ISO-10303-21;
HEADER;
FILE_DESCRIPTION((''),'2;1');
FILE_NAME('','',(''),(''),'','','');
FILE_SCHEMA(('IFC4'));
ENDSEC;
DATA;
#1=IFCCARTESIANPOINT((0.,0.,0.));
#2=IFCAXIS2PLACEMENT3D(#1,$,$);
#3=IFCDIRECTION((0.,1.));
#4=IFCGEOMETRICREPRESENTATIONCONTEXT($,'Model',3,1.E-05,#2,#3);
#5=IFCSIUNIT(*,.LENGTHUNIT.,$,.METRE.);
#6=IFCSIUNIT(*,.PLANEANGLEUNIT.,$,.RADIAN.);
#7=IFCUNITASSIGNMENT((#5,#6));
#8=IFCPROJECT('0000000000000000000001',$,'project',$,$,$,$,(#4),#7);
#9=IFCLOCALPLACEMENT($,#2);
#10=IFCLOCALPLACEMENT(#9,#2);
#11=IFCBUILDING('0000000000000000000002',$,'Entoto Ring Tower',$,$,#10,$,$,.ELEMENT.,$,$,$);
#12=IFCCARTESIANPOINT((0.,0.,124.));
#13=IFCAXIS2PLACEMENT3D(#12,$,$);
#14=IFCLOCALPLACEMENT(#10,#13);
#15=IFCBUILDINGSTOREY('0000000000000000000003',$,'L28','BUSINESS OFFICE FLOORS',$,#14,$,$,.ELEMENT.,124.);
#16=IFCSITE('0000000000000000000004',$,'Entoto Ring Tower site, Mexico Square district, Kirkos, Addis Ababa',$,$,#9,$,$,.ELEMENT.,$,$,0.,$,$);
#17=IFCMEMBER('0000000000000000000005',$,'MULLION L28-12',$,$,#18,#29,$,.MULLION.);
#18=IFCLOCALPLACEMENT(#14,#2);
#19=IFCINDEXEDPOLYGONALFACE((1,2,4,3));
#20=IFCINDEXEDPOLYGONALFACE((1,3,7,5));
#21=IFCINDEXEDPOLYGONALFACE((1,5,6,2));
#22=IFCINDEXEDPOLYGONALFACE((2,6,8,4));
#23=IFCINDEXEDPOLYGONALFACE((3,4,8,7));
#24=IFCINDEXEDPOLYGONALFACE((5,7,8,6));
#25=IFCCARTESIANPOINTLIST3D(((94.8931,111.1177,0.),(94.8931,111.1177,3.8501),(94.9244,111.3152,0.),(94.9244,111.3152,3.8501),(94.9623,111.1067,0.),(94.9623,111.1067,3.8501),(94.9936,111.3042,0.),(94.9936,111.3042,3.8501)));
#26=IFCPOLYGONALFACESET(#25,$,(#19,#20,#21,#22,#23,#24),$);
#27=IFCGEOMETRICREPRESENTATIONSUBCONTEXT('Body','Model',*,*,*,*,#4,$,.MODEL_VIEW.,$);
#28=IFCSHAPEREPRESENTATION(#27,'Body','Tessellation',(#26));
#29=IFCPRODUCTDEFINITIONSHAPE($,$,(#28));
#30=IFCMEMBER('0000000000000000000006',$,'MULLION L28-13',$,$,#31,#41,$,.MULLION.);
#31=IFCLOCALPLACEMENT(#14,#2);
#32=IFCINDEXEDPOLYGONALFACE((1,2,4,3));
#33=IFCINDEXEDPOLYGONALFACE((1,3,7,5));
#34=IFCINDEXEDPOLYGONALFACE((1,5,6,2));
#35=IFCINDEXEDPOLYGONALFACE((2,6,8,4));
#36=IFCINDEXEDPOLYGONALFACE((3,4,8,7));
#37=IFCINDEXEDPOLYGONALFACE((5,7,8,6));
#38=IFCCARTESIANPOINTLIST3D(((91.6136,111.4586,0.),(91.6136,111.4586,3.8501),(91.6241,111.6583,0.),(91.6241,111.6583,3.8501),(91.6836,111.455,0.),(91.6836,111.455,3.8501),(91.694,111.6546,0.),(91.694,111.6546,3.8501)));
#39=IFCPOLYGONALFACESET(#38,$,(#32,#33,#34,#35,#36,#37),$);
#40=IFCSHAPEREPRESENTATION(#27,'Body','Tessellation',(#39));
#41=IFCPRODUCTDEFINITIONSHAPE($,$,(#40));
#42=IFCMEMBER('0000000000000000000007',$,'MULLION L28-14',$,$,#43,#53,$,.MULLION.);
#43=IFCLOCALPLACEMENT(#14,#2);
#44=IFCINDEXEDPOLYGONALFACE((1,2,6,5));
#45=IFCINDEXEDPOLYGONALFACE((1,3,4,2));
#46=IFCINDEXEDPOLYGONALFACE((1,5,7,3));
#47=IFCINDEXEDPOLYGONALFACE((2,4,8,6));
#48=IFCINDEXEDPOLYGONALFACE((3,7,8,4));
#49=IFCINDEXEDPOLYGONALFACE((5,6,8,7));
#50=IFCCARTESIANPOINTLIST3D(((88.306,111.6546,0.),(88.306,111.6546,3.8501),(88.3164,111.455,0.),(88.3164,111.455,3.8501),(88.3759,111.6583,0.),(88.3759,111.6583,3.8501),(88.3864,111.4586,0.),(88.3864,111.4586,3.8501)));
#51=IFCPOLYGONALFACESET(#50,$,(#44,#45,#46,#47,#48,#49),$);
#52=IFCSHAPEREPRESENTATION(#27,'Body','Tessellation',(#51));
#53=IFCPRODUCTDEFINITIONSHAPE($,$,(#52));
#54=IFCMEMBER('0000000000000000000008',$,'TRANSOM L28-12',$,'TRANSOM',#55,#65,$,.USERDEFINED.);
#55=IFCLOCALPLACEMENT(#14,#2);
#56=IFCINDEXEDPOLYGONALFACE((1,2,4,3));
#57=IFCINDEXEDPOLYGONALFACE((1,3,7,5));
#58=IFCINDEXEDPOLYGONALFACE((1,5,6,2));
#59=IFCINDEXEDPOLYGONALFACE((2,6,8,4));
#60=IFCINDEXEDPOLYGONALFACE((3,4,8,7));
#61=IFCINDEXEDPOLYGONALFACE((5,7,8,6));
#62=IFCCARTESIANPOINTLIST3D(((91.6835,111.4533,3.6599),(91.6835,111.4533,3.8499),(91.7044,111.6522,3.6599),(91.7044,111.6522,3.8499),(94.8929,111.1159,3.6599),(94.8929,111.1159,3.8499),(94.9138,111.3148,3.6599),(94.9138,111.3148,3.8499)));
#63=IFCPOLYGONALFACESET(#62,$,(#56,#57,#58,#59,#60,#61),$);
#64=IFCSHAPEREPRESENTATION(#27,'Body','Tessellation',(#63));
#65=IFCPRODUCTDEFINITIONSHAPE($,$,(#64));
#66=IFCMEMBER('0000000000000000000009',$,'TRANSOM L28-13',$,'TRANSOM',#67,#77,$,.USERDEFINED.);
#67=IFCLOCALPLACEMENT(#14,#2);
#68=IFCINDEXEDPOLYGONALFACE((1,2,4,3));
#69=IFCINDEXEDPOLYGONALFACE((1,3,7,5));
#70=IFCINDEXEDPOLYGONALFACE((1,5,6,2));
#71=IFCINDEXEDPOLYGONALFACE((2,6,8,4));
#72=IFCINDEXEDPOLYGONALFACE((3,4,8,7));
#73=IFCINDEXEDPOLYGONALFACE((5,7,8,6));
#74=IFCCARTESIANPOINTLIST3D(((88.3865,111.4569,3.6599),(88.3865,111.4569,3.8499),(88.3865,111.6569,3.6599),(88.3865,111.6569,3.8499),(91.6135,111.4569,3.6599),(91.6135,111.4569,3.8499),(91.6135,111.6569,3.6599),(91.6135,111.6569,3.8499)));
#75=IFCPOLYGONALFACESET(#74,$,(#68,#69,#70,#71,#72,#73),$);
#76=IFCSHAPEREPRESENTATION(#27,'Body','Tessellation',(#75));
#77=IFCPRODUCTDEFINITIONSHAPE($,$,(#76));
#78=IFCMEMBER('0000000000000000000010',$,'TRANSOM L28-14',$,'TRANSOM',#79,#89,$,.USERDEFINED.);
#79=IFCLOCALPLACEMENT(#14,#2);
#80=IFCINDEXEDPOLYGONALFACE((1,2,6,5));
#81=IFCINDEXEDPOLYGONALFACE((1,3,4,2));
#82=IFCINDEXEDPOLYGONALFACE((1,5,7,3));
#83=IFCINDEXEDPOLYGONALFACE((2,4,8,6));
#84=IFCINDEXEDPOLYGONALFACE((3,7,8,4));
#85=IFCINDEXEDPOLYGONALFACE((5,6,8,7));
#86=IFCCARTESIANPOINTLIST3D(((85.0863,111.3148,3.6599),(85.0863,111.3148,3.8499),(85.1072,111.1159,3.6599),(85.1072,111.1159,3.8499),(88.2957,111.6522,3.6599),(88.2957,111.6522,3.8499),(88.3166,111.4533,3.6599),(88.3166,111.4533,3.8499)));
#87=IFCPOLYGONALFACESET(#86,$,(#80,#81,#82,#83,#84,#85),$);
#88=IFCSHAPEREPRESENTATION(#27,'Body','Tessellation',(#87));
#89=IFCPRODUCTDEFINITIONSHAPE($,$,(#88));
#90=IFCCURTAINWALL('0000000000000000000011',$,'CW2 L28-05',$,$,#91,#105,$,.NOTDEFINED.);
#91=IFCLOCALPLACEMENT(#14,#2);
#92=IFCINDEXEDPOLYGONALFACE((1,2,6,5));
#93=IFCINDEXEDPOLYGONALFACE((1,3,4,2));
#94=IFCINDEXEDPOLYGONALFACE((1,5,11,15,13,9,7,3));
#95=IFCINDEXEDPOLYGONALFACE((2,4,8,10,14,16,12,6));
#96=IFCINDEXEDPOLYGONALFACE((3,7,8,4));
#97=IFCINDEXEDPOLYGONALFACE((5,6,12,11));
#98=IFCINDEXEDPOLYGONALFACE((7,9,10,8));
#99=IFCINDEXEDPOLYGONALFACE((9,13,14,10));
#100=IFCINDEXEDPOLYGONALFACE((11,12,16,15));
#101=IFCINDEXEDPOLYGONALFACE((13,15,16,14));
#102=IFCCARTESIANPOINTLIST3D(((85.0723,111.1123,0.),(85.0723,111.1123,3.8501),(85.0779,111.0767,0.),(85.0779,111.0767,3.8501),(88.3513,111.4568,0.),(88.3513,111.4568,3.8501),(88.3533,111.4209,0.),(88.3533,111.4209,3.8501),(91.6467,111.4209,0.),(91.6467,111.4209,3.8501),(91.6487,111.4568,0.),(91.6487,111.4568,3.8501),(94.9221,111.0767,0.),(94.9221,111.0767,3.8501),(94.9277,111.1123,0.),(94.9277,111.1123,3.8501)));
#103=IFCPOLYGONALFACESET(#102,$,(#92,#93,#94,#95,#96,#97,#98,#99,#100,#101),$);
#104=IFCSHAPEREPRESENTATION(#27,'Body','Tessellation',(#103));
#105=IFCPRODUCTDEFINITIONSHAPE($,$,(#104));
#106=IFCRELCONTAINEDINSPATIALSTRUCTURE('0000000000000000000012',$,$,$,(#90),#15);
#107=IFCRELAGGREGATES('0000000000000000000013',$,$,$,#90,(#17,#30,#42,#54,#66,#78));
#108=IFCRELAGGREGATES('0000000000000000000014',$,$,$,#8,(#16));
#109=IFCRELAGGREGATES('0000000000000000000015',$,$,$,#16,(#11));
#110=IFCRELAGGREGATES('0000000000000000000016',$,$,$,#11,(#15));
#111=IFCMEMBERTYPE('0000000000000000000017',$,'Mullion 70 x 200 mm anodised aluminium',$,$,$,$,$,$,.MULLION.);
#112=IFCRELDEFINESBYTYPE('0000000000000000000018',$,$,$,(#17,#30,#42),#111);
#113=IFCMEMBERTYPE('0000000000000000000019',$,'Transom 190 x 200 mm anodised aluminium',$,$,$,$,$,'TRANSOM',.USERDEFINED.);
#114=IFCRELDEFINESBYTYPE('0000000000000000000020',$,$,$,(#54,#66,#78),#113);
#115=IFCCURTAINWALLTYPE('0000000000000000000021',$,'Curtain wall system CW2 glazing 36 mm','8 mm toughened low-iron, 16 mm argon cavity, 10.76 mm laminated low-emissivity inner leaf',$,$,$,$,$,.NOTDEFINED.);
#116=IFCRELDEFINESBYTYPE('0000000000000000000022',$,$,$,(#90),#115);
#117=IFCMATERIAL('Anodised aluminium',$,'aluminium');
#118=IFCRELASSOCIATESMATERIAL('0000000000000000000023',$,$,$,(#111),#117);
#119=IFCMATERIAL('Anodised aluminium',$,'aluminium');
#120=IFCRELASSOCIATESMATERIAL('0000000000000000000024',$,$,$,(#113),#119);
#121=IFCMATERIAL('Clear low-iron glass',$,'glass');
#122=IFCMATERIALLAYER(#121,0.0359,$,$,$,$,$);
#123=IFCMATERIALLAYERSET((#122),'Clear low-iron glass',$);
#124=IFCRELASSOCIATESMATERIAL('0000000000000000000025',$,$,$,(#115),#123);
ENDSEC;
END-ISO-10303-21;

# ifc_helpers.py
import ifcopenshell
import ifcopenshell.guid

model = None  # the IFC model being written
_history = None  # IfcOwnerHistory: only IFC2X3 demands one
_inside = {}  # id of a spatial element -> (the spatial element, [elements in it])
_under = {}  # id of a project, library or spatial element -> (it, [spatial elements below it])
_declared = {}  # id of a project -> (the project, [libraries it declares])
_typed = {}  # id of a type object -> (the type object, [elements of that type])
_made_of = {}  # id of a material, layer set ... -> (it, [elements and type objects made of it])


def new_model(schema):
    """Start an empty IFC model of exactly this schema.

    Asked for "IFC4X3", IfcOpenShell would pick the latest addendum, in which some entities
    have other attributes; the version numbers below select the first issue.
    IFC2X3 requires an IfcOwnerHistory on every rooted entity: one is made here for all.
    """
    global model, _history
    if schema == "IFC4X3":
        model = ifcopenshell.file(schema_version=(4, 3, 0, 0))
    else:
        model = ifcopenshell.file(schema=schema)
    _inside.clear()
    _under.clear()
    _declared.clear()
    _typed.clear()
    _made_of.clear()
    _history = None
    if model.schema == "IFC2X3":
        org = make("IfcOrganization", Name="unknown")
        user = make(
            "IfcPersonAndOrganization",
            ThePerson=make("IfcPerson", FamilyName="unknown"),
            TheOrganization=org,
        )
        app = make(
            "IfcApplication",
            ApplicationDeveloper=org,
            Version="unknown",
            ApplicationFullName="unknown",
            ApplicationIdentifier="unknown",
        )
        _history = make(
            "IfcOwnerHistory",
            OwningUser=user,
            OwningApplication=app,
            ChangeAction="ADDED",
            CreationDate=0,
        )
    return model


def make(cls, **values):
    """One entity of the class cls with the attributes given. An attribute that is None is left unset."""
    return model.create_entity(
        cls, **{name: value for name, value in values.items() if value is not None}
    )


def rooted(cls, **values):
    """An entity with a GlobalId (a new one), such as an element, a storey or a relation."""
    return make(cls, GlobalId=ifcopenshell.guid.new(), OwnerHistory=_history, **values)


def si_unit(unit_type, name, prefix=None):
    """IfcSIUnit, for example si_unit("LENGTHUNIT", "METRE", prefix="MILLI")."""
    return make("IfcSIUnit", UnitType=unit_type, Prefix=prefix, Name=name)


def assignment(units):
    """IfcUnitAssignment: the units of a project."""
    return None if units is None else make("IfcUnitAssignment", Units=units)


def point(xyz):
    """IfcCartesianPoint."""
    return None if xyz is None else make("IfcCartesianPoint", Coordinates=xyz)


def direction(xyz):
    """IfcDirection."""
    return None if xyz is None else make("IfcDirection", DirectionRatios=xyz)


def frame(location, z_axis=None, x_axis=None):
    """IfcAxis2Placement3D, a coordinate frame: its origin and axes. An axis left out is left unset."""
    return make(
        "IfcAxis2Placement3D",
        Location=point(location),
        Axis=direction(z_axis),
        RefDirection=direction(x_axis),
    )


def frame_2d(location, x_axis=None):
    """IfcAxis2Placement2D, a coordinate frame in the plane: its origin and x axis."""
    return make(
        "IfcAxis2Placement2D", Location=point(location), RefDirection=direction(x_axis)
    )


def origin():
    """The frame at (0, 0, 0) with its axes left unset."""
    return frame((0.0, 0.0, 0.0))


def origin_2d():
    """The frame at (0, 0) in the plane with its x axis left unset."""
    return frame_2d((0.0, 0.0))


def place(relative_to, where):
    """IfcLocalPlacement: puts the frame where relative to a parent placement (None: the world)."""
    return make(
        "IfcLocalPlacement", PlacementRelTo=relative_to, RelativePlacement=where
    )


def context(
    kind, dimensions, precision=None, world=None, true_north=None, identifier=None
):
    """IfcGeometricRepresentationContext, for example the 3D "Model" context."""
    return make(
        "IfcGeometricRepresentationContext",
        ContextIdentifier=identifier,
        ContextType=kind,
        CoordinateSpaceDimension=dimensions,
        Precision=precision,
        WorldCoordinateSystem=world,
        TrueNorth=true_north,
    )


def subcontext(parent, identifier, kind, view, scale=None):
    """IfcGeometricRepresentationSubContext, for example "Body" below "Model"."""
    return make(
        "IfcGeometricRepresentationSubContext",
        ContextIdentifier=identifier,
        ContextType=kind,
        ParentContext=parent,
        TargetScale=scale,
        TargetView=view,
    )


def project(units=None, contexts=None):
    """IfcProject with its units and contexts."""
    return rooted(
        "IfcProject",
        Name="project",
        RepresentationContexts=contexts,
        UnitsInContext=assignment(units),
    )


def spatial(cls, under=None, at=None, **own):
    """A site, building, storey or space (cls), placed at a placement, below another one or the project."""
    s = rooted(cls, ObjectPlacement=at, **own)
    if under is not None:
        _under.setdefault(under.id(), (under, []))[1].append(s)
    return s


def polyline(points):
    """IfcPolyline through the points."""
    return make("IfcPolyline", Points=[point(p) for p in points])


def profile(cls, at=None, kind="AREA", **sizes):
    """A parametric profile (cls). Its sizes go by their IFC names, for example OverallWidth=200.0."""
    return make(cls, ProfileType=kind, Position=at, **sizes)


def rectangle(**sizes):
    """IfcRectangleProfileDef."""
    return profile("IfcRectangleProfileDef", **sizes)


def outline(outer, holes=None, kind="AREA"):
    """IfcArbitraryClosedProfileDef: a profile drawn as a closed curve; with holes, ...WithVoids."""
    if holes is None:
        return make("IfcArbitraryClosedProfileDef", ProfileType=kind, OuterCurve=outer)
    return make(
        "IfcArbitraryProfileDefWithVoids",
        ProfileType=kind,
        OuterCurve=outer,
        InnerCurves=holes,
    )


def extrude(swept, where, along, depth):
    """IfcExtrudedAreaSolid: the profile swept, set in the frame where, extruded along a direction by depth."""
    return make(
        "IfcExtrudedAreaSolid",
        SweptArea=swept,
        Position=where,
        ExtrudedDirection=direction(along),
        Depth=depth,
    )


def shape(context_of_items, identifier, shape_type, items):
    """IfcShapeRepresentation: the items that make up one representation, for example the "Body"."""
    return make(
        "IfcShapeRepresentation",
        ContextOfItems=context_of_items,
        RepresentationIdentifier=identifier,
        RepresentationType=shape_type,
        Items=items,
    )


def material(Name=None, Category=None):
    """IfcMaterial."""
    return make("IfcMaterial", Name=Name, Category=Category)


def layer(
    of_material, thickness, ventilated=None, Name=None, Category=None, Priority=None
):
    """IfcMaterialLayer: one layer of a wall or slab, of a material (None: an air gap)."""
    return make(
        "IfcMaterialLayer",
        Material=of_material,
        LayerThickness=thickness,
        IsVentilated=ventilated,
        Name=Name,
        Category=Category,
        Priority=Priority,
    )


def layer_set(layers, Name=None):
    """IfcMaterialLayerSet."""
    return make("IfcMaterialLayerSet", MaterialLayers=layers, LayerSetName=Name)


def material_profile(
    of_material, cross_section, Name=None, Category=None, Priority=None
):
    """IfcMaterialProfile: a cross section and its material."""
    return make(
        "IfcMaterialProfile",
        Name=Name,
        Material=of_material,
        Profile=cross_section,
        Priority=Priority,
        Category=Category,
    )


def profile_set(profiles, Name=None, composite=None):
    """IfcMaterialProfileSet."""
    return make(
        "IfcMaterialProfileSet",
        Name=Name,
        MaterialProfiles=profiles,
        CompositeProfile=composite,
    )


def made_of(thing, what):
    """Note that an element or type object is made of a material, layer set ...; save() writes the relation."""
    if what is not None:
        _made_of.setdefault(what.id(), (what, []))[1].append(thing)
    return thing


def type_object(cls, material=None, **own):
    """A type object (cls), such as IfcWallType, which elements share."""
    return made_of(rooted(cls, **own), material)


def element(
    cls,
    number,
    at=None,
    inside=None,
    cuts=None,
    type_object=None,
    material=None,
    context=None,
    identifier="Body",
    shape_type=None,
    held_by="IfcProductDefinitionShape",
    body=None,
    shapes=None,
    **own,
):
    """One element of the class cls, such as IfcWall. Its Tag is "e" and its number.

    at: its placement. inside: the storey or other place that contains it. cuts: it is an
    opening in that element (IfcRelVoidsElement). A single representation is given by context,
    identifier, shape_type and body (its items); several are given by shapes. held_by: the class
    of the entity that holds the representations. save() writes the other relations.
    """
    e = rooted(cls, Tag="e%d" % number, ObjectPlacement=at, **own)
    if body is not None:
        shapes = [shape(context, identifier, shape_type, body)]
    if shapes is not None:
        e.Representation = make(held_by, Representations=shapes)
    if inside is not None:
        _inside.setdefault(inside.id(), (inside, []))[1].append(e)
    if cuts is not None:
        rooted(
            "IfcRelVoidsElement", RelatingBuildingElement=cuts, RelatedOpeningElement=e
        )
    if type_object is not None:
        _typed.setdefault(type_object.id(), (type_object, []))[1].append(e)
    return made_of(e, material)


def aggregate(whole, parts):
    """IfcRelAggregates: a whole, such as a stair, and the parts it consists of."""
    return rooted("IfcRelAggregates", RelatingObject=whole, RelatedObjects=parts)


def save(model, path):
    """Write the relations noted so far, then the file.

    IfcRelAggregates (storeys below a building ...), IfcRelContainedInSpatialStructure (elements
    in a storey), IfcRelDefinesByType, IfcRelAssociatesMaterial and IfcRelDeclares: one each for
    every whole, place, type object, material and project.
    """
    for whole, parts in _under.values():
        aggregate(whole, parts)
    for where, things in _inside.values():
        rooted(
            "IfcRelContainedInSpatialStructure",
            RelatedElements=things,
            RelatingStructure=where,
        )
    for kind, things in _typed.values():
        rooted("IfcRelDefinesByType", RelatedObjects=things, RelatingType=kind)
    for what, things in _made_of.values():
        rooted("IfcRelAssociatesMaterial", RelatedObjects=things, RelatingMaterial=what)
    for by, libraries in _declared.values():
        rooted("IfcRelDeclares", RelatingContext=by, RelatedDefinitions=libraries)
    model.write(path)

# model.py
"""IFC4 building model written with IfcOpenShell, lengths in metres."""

from ifc_helpers import new_model, si_unit, direction, frame, origin, origin_2d, place, context, subcontext, project, spatial, polyline, rectangle, outline, extrude, material, layer, layer_set, material_profile, profile_set, type_object, element, aggregate, save


model = new_model("IFC4")

# Units and contexts
model_context = context("Model", 3, precision=1e-05, world=origin(), true_north=direction((0.0, 1.0)))
body_context = subcontext(model_context, "Body", "Model", "MODEL_VIEW")
ifc_project = project(units=[si_unit("LENGTHUNIT", "METRE"), si_unit("PLANEANGLEUNIT", "RADIAN")], contexts=[model_context])

# Members
ifc_material_1 = material(Name="Anodised aluminium", Category="aluminium")
ifc_material_profile_1 = material_profile(ifc_material_1, rectangle(XDim=0.0701, YDim=0.2, at=origin_2d()), Name="Mullion 70 x 200 mm anodised aluminium")
ifc_profile_set_1 = profile_set([ifc_material_profile_1], Name="Anodised aluminium")
member_type_1 = type_object("IfcMemberType", Name="Mullion 70 x 200 mm anodised aluminium", PredefinedType="MULLION", material=ifc_profile_set_1)
site_placement = place(None, origin())
building_placement = place(site_placement, origin())
storey_placement = place(building_placement, frame((0.0, 0.0, 124.0)))
member_1_placement = place(storey_placement, frame((94.9434, 111.2109, 0.0), z_axis=(0.0, 0.0, 1.0), x_axis=(-0.987688, 0.156434, 0.0)))
member_1 = element("IfcMember", 1, at=member_1_placement, type_object=member_type_1, Name="MULLION L28-12", PredefinedType="MULLION", context=body_context, shape_type="SweptSolid", body=[
    extrude(rectangle(XDim=0.0701, YDim=0.2, at=origin_2d()), origin(), (0.0, 0.0, 1.0), 3.8501),
])
member_2_placement = place(storey_placement, frame((91.6538, 111.5566, 0.0), z_axis=(0.0, 0.0, 1.0), x_axis=(-0.99863, 0.052336, 0.0)))
member_2 = element("IfcMember", 2, at=member_2_placement, type_object=member_type_1, Name="MULLION L28-13", PredefinedType="MULLION", context=body_context, shape_type="SweptSolid", body=[
    extrude(rectangle(XDim=0.0701, YDim=0.2, at=origin_2d()), origin(), (0.0, 0.0, 1.0), 3.8501),
])
member_3_placement = place(storey_placement, frame((88.3462, 111.5566, 0.0), z_axis=(0.0, 0.0, 1.0), x_axis=(-0.99863, -0.052336, 0.0)))
member_3 = element("IfcMember", 3, at=member_3_placement, type_object=member_type_1, Name="MULLION L28-14", PredefinedType="MULLION", context=body_context, shape_type="SweptSolid", body=[
    extrude(rectangle(XDim=0.0701, YDim=0.2, at=origin_2d()), origin(), (0.0, 0.0, 1.0), 3.8501),
])
ifc_material_2 = material(Name="Anodised aluminium", Category="aluminium")
ifc_material_profile_2 = material_profile(ifc_material_2, rectangle(XDim=0.2, YDim=0.1899, at=origin_2d()), Name="Transom 190 x 200 mm anodised aluminium")
ifc_profile_set_2 = profile_set([ifc_material_profile_2], Name="Anodised aluminium")
member_type_2 = type_object("IfcMemberType", Name="Transom 190 x 200 mm anodised aluminium", ElementType="TRANSOM", PredefinedType="USERDEFINED", material=ifc_profile_set_2)
member_4_placement = place(storey_placement, frame((94.9033, 111.2153, 3.7549), z_axis=(-0.99452, 0.104551, 0.0), x_axis=(-0.104551, -0.99452, 0.0)))
member_4 = element("IfcMember", 4, at=member_4_placement, type_object=member_type_2, Name="TRANSOM L28-12", ObjectType="TRANSOM", PredefinedType="USERDEFINED", context=body_context, shape_type="SweptSolid", body=[
    extrude(rectangle(XDim=0.2, YDim=0.1899, at=origin_2d()), origin(), (0.0, 0.0, 1.0), 3.2271),
])
member_5_placement = place(storey_placement, frame((91.6135, 111.5569, 3.7549), z_axis=(-1.0, 0.0, 0.0), x_axis=(0.0, -1.0, 0.0)))
member_5 = element("IfcMember", 5, at=member_5_placement, type_object=member_type_2, Name="TRANSOM L28-13", ObjectType="TRANSOM", PredefinedType="USERDEFINED", context=body_context, shape_type="SweptSolid", body=[
    extrude(rectangle(XDim=0.2, YDim=0.1899, at=origin_2d()), origin(), (0.0, 0.0, 1.0), 3.2271),
])
member_6_placement = place(storey_placement, frame((88.3062, 111.5527, 3.7549), z_axis=(-0.99452, -0.104551, 0.0), x_axis=(0.104551, -0.99452, 0.0)))
member_6 = element("IfcMember", 6, at=member_6_placement, type_object=member_type_2, Name="TRANSOM L28-14", ObjectType="TRANSOM", PredefinedType="USERDEFINED", context=body_context, shape_type="SweptSolid", body=[
    extrude(rectangle(XDim=0.2, YDim=0.1899, at=origin_2d()), origin(), (0.0, 0.0, 1.0), 3.2271),
])

# Site, building, storey
site = spatial("IfcSite", under=ifc_project, at=site_placement, Name="Entoto Ring Tower site, Mexico Square district, Kirkos, Addis Ababa", CompositionType="ELEMENT", RefElevation=0.0)
building = spatial("IfcBuilding", under=site, at=building_placement, Name="Entoto Ring Tower", CompositionType="ELEMENT")
storey = spatial("IfcBuildingStorey", under=building, at=storey_placement, Name="L28", Description="BUSINESS OFFICE FLOORS", CompositionType="ELEMENT", Elevation=124.0)

# Curtain wall
ifc_material_3 = material(Name="Clear low-iron glass", Category="glass")
ifc_layer = layer(ifc_material_3, 0.0359)
ifc_layer_set = layer_set([ifc_layer], Name="Clear low-iron glass")
curtain_wall_type = type_object("IfcCurtainWallType", Name="Curtain wall system CW2 glazing 36 mm", Description="8 mm toughened low-iron, 16 mm argon cavity, 10.76 mm laminated low-emissivity inner leaf", PredefinedType="NOTDEFINED", material=ifc_layer_set)
curtain_wall_1_placement = place(storey_placement, origin())
curtain_wall_1 = element("IfcCurtainWall", 7, at=curtain_wall_1_placement, inside=storey, type_object=curtain_wall_type, Name="CW2 L28-05", PredefinedType="NOTDEFINED", context=body_context, shape_type="SweptSolid", body=[
    extrude(outline(polyline([(94.9277, 111.1123), (91.6487, 111.4568), (88.3513, 111.4568), (85.0723, 111.1123), (85.0779, 111.0767), (88.3533, 111.4209), (91.6467, 111.4209), (94.9221, 111.0767), (94.9277, 111.1123)])), origin(), (0.0, 0.0, 1.0), 3.8501),
])
aggregate(curtain_wall_1, [member_1, member_2, member_3, member_4, member_5, member_6])

save(model, "model.ifc")
